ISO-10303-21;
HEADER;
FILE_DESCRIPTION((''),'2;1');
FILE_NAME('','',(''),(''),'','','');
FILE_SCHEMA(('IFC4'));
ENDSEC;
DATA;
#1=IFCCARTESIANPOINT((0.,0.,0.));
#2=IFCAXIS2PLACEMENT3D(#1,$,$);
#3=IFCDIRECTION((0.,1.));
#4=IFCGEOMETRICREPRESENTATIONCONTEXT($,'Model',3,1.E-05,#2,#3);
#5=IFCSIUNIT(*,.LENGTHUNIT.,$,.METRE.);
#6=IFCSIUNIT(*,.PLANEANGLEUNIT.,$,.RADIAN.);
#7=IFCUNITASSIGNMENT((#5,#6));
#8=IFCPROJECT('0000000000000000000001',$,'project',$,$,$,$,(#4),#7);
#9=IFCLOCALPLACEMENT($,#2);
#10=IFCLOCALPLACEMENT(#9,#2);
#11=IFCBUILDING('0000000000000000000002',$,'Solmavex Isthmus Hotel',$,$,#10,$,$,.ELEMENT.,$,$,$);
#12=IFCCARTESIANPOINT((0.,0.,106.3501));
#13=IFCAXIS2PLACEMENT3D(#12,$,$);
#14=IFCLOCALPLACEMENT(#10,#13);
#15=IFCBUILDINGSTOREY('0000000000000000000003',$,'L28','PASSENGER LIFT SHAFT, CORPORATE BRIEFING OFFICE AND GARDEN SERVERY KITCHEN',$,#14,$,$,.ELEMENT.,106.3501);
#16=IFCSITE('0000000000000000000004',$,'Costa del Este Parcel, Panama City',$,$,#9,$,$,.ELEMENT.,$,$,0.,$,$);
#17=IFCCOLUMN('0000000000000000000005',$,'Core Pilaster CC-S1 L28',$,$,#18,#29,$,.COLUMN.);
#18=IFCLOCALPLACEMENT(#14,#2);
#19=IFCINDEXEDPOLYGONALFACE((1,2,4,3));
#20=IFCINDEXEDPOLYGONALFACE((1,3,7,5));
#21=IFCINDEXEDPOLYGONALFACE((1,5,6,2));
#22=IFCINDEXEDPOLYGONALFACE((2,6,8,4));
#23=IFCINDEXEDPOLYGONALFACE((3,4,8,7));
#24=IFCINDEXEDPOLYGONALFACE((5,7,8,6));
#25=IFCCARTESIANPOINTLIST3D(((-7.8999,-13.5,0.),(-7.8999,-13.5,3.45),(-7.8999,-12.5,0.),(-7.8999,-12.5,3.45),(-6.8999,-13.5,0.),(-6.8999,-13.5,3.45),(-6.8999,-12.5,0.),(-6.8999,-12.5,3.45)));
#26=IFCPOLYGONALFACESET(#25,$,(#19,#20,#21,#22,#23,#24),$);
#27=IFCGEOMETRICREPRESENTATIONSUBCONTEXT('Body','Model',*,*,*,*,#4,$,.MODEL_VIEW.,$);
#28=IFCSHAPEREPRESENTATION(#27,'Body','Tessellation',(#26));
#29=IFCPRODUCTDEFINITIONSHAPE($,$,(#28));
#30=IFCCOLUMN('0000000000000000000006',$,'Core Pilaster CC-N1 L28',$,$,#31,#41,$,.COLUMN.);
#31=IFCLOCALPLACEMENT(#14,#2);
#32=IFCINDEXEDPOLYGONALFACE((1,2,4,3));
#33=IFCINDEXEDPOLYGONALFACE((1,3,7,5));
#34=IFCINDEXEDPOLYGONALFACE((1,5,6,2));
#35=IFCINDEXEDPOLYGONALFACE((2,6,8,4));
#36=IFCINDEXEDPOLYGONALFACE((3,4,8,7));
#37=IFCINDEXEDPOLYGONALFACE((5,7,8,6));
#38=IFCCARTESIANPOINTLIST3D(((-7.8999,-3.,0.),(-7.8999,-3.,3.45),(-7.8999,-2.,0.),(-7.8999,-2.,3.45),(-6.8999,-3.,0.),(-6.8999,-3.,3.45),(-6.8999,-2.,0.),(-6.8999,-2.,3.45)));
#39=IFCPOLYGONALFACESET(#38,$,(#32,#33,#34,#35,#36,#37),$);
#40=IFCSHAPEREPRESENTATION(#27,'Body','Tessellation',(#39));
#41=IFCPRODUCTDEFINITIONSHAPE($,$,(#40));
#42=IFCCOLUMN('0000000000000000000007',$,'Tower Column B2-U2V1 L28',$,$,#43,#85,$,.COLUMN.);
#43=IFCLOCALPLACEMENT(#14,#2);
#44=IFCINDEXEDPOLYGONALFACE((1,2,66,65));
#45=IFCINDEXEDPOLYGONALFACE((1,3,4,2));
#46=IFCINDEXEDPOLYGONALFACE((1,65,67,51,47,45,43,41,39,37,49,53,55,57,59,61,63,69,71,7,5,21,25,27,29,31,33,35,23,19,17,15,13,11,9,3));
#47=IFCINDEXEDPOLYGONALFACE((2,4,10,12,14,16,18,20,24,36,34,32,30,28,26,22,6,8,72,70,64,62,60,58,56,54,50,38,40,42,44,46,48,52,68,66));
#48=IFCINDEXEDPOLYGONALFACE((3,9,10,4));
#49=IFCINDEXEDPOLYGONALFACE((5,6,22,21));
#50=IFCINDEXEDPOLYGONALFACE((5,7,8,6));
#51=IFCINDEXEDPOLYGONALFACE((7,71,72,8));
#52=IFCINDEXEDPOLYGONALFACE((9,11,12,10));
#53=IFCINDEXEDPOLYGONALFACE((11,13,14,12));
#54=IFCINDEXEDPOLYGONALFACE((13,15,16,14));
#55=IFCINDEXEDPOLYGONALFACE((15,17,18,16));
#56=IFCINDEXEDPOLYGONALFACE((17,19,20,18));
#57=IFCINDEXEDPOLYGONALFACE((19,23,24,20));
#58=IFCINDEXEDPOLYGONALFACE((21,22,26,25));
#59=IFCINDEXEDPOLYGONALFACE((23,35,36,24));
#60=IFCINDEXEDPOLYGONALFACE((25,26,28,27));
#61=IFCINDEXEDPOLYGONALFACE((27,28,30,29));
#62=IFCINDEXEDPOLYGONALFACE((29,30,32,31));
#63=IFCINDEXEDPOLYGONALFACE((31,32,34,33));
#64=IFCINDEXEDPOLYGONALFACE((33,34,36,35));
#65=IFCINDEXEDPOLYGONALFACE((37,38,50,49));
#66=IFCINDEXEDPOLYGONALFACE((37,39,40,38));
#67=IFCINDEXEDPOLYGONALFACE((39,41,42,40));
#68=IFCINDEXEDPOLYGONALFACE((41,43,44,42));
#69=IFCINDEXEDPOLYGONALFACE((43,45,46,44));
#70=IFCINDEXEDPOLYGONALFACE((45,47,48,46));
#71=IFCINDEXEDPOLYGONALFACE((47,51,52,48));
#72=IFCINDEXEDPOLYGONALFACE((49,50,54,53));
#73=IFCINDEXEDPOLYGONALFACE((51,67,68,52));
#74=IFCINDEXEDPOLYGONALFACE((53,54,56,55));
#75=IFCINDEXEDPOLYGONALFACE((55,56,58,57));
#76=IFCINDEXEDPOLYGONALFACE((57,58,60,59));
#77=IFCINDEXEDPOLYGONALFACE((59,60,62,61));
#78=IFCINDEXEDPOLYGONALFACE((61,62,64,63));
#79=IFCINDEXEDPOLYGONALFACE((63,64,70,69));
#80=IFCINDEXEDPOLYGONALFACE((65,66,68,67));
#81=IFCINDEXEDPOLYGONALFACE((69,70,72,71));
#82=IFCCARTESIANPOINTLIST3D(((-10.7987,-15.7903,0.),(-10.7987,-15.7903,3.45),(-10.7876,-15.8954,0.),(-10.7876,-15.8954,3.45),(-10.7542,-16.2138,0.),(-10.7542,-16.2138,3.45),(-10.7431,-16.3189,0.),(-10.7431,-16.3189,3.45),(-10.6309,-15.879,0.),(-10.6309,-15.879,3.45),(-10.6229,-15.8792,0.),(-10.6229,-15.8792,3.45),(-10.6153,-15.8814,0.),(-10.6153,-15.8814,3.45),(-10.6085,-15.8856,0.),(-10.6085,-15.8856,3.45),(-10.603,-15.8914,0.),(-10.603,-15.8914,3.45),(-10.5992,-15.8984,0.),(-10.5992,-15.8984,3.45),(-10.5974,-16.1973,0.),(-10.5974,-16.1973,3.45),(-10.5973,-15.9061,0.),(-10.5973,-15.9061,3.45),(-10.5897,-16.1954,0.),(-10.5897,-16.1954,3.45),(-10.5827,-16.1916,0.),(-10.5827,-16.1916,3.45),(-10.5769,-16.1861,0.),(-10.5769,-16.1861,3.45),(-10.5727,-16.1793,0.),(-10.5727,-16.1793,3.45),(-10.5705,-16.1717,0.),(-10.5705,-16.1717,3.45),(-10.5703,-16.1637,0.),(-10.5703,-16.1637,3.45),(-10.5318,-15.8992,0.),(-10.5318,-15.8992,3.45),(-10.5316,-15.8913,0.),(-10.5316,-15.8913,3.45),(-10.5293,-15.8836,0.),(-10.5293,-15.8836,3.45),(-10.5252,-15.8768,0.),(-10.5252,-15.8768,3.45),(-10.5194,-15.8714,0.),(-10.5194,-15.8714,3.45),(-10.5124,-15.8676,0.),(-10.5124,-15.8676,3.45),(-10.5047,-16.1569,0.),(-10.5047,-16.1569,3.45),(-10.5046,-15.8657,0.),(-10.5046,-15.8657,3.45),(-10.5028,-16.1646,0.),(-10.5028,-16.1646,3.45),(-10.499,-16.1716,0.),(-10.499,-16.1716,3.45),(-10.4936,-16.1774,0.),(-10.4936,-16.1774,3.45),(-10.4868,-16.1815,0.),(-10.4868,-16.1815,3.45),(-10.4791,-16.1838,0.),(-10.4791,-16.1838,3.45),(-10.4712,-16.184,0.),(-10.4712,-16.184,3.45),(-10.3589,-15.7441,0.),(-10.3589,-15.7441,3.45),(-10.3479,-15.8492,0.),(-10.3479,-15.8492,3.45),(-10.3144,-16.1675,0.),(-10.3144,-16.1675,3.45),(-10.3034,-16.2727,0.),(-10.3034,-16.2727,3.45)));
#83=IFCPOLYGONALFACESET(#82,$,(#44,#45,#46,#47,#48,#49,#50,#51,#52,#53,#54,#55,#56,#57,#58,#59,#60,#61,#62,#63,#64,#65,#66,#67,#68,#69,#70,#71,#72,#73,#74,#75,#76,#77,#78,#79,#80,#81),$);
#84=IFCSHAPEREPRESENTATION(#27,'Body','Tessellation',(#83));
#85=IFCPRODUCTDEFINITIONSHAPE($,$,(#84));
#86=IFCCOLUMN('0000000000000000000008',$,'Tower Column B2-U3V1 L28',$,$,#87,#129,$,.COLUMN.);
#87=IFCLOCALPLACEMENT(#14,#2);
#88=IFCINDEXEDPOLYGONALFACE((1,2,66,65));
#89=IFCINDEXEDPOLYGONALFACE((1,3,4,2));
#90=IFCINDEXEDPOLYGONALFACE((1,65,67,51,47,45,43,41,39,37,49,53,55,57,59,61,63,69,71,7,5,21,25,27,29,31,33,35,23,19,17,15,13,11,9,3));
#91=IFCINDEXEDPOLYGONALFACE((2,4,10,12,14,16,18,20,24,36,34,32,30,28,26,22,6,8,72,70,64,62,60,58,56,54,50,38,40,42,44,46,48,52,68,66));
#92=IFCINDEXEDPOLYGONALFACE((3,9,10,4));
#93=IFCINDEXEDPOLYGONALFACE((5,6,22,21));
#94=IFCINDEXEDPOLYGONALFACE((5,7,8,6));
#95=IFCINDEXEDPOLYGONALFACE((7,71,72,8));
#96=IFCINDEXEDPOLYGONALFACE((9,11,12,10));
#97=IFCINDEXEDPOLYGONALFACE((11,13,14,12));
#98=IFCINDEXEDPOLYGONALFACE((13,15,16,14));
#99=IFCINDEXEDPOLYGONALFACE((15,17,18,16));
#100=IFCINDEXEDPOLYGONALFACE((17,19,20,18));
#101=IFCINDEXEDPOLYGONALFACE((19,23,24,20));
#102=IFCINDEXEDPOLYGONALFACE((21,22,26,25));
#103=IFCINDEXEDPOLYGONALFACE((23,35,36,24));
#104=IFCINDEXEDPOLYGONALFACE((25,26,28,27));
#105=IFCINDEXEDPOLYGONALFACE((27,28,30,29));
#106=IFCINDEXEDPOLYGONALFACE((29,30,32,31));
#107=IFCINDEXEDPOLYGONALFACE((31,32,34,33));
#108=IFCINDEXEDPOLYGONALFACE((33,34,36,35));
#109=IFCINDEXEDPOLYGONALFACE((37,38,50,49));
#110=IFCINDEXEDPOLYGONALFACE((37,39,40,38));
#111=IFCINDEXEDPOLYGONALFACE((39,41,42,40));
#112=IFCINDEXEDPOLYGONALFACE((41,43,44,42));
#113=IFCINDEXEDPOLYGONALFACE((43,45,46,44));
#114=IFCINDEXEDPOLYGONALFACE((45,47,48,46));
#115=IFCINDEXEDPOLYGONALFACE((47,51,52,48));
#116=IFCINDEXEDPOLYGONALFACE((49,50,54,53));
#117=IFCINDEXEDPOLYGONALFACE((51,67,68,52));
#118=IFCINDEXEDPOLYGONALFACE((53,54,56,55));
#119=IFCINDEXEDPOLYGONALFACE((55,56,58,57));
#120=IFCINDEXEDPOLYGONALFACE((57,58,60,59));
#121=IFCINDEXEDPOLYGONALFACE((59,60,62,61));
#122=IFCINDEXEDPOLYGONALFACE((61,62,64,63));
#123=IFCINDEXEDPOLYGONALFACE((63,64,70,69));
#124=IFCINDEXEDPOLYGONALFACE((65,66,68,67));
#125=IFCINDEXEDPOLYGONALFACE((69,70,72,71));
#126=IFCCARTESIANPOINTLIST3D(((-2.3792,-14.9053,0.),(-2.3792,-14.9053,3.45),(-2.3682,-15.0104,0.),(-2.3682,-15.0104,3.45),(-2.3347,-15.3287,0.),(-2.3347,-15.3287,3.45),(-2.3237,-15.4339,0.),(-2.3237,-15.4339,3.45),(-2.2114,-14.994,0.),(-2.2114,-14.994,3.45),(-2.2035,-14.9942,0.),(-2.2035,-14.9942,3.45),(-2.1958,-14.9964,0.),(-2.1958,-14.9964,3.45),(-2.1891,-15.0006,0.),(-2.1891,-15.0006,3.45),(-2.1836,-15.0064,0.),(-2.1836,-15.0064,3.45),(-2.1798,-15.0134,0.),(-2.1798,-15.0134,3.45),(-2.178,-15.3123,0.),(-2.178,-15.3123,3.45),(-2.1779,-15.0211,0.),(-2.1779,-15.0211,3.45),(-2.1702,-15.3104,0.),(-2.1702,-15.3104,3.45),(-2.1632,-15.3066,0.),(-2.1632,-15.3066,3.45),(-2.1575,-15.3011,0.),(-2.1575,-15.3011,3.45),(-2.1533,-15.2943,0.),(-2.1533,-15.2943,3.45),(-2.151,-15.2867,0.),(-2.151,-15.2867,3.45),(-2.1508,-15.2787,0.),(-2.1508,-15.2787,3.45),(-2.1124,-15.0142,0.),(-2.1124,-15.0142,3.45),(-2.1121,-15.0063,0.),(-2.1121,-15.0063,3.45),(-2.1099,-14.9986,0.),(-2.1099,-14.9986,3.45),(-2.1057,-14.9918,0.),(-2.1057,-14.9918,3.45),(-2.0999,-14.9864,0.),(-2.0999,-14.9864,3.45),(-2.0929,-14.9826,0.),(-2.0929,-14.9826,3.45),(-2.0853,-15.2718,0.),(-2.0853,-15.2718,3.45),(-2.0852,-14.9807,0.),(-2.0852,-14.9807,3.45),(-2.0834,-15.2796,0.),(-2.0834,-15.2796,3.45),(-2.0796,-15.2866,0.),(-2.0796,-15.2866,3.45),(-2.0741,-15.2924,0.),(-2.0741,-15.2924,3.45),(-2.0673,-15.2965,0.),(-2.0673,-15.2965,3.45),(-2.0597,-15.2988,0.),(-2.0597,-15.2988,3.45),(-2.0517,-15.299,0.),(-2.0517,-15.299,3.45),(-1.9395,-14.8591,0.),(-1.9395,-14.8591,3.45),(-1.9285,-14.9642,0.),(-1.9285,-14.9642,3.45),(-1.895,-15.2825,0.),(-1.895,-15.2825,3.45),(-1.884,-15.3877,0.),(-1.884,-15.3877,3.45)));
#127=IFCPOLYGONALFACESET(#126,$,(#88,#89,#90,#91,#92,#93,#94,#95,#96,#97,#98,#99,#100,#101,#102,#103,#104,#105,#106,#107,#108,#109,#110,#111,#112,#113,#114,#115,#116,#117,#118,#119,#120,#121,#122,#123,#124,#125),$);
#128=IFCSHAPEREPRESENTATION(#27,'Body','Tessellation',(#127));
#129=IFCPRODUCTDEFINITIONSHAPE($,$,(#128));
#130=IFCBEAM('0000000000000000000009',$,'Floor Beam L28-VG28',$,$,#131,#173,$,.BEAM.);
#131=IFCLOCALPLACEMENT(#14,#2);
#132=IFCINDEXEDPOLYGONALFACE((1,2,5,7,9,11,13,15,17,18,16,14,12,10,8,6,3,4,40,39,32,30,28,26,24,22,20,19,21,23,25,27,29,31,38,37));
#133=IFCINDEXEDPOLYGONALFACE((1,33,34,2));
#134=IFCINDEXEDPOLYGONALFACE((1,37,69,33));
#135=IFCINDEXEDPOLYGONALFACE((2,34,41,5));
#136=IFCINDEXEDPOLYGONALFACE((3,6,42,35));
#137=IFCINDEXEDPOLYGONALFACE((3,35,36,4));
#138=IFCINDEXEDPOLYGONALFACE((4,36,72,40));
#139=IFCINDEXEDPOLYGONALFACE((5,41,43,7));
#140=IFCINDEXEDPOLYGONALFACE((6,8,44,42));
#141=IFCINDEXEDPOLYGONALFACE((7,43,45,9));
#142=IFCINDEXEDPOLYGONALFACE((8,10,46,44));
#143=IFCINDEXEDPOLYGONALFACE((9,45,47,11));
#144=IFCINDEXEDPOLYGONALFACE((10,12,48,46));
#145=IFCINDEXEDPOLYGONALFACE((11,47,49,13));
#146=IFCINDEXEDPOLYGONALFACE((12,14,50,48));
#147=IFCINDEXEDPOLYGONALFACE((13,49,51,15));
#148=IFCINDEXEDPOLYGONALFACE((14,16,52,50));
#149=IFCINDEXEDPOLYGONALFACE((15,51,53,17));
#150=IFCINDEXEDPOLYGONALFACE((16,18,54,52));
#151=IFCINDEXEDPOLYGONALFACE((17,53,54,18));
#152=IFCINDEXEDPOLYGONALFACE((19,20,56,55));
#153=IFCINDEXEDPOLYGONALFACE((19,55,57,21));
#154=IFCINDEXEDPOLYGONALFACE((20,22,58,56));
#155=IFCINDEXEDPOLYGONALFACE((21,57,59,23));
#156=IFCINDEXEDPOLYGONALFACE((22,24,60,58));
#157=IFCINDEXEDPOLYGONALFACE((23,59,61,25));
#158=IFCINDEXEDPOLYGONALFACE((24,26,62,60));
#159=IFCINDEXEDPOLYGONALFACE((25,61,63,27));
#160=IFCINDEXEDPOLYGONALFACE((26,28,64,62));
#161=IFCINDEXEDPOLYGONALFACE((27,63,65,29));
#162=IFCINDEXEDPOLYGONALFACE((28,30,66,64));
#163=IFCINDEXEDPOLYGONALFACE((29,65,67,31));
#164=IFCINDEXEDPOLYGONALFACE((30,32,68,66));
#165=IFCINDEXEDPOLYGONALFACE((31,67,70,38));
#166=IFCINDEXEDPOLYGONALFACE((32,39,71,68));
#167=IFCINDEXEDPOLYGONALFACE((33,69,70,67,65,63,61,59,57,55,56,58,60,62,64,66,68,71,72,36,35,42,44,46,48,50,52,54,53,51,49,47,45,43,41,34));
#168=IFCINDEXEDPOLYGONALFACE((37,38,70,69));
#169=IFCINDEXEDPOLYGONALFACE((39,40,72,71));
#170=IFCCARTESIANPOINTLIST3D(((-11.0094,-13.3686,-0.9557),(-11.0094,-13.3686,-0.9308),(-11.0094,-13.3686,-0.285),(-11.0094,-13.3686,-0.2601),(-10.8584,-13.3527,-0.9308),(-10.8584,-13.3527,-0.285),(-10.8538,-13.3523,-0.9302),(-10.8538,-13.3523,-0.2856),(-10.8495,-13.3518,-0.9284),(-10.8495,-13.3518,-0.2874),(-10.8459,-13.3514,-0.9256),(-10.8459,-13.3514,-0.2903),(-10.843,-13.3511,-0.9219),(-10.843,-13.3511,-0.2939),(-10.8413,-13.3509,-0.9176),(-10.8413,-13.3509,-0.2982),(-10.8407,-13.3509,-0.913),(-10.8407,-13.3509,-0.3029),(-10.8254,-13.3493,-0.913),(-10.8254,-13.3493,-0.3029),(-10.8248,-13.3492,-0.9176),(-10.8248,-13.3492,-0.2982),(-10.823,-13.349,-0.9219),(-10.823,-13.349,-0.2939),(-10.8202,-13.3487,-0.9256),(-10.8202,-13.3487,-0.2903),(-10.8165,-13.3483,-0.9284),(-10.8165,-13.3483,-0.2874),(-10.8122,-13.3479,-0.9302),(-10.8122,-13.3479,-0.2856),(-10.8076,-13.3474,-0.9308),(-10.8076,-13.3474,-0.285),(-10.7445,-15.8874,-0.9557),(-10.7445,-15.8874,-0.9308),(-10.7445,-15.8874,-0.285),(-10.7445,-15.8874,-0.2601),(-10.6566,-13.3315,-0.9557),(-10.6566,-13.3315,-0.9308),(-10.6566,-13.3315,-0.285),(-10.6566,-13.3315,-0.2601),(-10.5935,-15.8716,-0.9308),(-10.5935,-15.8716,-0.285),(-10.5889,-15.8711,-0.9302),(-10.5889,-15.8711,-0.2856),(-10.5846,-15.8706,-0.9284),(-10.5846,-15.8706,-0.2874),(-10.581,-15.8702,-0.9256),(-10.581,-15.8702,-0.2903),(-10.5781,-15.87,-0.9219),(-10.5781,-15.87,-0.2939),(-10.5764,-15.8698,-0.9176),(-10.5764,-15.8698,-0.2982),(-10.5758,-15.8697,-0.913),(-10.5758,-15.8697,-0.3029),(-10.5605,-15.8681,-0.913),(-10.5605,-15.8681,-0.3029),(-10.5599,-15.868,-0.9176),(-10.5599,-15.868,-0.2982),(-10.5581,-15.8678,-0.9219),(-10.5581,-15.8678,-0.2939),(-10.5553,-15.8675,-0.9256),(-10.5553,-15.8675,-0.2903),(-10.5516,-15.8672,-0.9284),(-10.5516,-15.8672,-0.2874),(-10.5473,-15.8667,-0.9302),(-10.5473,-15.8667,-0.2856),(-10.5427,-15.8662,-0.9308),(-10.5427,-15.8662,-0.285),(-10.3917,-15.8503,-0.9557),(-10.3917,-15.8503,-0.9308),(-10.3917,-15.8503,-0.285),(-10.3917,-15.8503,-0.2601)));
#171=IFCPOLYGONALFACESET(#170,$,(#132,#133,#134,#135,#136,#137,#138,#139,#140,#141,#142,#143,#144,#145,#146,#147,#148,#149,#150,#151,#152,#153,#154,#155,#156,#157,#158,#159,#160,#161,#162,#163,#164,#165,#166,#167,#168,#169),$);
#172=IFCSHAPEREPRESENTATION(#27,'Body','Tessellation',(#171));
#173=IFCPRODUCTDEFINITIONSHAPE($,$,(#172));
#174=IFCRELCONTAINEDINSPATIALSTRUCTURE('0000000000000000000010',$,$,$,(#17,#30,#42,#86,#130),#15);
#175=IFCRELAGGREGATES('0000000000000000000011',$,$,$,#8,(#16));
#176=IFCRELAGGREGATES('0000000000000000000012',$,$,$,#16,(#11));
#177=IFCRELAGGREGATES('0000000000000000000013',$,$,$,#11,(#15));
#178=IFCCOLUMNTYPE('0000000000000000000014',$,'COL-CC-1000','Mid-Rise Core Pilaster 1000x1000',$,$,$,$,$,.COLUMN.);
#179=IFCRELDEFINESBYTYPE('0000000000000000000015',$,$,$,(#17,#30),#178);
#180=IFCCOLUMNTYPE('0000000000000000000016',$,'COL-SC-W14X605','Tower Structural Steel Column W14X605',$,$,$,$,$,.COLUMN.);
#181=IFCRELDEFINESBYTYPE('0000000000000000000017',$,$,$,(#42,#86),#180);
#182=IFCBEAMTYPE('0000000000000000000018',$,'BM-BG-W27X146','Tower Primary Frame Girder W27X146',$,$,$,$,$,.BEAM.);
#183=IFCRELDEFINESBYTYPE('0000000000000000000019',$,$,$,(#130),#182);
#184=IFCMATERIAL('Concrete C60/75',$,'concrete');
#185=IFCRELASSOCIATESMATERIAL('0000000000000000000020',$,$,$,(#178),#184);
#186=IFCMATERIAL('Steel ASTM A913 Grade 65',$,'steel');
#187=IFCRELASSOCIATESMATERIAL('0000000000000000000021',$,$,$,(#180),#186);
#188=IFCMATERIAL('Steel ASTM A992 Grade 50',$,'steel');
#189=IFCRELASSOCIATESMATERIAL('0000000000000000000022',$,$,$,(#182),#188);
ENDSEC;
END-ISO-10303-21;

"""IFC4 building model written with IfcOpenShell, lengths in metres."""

from ifc_helpers import new_model, si_unit, direction, frame, origin, origin_2d, place, context, subcontext, project, spatial, rectangle, i_section, extrude, material, material_profile, profile_set, type_object, element, save


model = new_model("IFC4")

# Units and contexts
model_context = context("Model", 3, precision=1e-05, world=origin(), true_north=direction((0.0, 1.0)))
body_context = subcontext(model_context, "Body", "Model", "MODEL_VIEW")
ifc_project = project(units=[si_unit("LENGTHUNIT", "METRE"), si_unit("PLANEANGLEUNIT", "RADIAN")], contexts=[model_context])

# Site, building, storey
site_placement = place(None, origin())
site = spatial("IfcSite", under=ifc_project, at=site_placement, Name="Costa del Este Parcel, Panama City", CompositionType="ELEMENT", RefElevation=0.0)
building_placement = place(site_placement, origin())
building = spatial("IfcBuilding", under=site, at=building_placement, Name="Solmavex Isthmus Hotel", CompositionType="ELEMENT")
storey_placement = place(building_placement, frame((0.0, 0.0, 106.3501)))
storey = spatial("IfcBuildingStorey", under=building, at=storey_placement, Name="L28", Description="PASSENGER LIFT SHAFT, CORPORATE BRIEFING OFFICE AND GARDEN SERVERY KITCHEN", CompositionType="ELEMENT", Elevation=106.3501)

# Columns
ifc_material_1 = material(Name="Concrete C60/75", Category="concrete")
ifc_material_profile_1 = material_profile(ifc_material_1, rectangle(XDim=1.0, YDim=1.0, at=origin_2d()), Name="RC1000X1000")
ifc_profile_set_1 = profile_set([ifc_material_profile_1], Name="Concrete C60/75")
column_type_1 = type_object("IfcColumnType", Name="COL-CC-1000", Description="Mid-Rise Core Pilaster 1000x1000", PredefinedType="COLUMN", material=ifc_profile_set_1)
for number, where, z_axis, x_axis, name in (
    (1, (-7.3999, -13.0, 0.0), (0.0, 0.0, 1.0), (1.0, 0.0, 0.0), "Core Pilaster CC-S1 L28"),
    (2, (-7.3999, -2.5, 0.0), (0.0, 0.0, 1.0), (1.0, 0.0, 0.0), "Core Pilaster CC-N1 L28"),
):
    element("IfcColumn", number, at=place(storey_placement, frame(where, z_axis=z_axis, x_axis=x_axis)), inside=storey, type_object=column_type_1, Name=name, PredefinedType="COLUMN", context=body_context, shape_type="SweptSolid", body=[
        extrude(rectangle(XDim=1.0, YDim=1.0, at=origin_2d()), origin(), (0.0, 0.0, 1.0), 3.45),
    ])
ifc_material_2 = material(Name="Steel ASTM A913 Grade 65", Category="steel")
ifc_material_profile_2 = material_profile(ifc_material_2, i_section(OverallWidth=0.4421, OverallDepth=0.5315, WebThickness=0.0659, FlangeThickness=0.1057, FilletRadius=0.0305, at=origin_2d()), Name="W14X605")
ifc_profile_set_2 = profile_set([ifc_material_profile_2], Name="Steel ASTM A913 Grade 65")
column_type_2 = type_object("IfcColumnType", Name="COL-SC-W14X605", Description="Tower Structural Steel Column W14X605", PredefinedType="COLUMN", material=ifc_profile_set_2)
for number, where, z_axis, x_axis, name in (
    (3, (-10.551, -16.0315, 0.0), (0.0, 0.0, 1.0), (0.994522, 0.104528, 0.0), "Tower Column B2-U2V1 L28"),
    (4, (-2.1316, -15.1465, 0.0), (0.0, 0.0, 1.0), (0.994522, 0.104528, 0.0), "Tower Column B2-U3V1 L28"),
):
    element("IfcColumn", number, at=place(storey_placement, frame(where, z_axis=z_axis, x_axis=x_axis)), inside=storey, type_object=column_type_2, Name=name, PredefinedType="COLUMN", context=body_context, shape_type="SweptSolid", body=[
        extrude(i_section(OverallWidth=0.4421, OverallDepth=0.5315, WebThickness=0.0659, FlangeThickness=0.1057, FilletRadius=0.0305, at=origin_2d()), origin(), (0.0, 0.0, 1.0), 3.45),
    ])

# Beam
ifc_material_3 = material(Name="Steel ASTM A992 Grade 50", Category="steel")
ifc_material_profile_3 = material_profile(ifc_material_3, i_section(OverallWidth=0.3547, OverallDepth=0.6956, WebThickness=0.0154, FlangeThickness=0.0249, FilletRadius=0.0178, at=origin_2d()), Name="W27X146")
ifc_profile_set_3 = profile_set([ifc_material_profile_3], Name="Steel ASTM A992 Grade 50")
beam_type_1 = type_object("IfcBeamType", Name="BM-BG-W27X146", Description="Tower Primary Frame Girder W27X146", PredefinedType="BEAM", material=ifc_profile_set_3)
beam_1_placement = place(storey_placement, frame((-10.5681, -15.8689, -0.6079), z_axis=(-0.104589, 0.994515, 0.0), x_axis=(-0.994515, -0.104589, 0.0)))
element("IfcBeam", 5, at=beam_1_placement, inside=storey, type_object=beam_type_1, Name="Floor Beam L28-VG28", PredefinedType="BEAM", context=body_context, shape_type="SweptSolid", body=[
    extrude(i_section(OverallWidth=0.3547, OverallDepth=0.6956, WebThickness=0.0154, FlangeThickness=0.0249, FilletRadius=0.0178, at=origin_2d()), origin(), (0.0, 0.0, 1.0), 2.5327),
])

save(model, "model.ifc")
